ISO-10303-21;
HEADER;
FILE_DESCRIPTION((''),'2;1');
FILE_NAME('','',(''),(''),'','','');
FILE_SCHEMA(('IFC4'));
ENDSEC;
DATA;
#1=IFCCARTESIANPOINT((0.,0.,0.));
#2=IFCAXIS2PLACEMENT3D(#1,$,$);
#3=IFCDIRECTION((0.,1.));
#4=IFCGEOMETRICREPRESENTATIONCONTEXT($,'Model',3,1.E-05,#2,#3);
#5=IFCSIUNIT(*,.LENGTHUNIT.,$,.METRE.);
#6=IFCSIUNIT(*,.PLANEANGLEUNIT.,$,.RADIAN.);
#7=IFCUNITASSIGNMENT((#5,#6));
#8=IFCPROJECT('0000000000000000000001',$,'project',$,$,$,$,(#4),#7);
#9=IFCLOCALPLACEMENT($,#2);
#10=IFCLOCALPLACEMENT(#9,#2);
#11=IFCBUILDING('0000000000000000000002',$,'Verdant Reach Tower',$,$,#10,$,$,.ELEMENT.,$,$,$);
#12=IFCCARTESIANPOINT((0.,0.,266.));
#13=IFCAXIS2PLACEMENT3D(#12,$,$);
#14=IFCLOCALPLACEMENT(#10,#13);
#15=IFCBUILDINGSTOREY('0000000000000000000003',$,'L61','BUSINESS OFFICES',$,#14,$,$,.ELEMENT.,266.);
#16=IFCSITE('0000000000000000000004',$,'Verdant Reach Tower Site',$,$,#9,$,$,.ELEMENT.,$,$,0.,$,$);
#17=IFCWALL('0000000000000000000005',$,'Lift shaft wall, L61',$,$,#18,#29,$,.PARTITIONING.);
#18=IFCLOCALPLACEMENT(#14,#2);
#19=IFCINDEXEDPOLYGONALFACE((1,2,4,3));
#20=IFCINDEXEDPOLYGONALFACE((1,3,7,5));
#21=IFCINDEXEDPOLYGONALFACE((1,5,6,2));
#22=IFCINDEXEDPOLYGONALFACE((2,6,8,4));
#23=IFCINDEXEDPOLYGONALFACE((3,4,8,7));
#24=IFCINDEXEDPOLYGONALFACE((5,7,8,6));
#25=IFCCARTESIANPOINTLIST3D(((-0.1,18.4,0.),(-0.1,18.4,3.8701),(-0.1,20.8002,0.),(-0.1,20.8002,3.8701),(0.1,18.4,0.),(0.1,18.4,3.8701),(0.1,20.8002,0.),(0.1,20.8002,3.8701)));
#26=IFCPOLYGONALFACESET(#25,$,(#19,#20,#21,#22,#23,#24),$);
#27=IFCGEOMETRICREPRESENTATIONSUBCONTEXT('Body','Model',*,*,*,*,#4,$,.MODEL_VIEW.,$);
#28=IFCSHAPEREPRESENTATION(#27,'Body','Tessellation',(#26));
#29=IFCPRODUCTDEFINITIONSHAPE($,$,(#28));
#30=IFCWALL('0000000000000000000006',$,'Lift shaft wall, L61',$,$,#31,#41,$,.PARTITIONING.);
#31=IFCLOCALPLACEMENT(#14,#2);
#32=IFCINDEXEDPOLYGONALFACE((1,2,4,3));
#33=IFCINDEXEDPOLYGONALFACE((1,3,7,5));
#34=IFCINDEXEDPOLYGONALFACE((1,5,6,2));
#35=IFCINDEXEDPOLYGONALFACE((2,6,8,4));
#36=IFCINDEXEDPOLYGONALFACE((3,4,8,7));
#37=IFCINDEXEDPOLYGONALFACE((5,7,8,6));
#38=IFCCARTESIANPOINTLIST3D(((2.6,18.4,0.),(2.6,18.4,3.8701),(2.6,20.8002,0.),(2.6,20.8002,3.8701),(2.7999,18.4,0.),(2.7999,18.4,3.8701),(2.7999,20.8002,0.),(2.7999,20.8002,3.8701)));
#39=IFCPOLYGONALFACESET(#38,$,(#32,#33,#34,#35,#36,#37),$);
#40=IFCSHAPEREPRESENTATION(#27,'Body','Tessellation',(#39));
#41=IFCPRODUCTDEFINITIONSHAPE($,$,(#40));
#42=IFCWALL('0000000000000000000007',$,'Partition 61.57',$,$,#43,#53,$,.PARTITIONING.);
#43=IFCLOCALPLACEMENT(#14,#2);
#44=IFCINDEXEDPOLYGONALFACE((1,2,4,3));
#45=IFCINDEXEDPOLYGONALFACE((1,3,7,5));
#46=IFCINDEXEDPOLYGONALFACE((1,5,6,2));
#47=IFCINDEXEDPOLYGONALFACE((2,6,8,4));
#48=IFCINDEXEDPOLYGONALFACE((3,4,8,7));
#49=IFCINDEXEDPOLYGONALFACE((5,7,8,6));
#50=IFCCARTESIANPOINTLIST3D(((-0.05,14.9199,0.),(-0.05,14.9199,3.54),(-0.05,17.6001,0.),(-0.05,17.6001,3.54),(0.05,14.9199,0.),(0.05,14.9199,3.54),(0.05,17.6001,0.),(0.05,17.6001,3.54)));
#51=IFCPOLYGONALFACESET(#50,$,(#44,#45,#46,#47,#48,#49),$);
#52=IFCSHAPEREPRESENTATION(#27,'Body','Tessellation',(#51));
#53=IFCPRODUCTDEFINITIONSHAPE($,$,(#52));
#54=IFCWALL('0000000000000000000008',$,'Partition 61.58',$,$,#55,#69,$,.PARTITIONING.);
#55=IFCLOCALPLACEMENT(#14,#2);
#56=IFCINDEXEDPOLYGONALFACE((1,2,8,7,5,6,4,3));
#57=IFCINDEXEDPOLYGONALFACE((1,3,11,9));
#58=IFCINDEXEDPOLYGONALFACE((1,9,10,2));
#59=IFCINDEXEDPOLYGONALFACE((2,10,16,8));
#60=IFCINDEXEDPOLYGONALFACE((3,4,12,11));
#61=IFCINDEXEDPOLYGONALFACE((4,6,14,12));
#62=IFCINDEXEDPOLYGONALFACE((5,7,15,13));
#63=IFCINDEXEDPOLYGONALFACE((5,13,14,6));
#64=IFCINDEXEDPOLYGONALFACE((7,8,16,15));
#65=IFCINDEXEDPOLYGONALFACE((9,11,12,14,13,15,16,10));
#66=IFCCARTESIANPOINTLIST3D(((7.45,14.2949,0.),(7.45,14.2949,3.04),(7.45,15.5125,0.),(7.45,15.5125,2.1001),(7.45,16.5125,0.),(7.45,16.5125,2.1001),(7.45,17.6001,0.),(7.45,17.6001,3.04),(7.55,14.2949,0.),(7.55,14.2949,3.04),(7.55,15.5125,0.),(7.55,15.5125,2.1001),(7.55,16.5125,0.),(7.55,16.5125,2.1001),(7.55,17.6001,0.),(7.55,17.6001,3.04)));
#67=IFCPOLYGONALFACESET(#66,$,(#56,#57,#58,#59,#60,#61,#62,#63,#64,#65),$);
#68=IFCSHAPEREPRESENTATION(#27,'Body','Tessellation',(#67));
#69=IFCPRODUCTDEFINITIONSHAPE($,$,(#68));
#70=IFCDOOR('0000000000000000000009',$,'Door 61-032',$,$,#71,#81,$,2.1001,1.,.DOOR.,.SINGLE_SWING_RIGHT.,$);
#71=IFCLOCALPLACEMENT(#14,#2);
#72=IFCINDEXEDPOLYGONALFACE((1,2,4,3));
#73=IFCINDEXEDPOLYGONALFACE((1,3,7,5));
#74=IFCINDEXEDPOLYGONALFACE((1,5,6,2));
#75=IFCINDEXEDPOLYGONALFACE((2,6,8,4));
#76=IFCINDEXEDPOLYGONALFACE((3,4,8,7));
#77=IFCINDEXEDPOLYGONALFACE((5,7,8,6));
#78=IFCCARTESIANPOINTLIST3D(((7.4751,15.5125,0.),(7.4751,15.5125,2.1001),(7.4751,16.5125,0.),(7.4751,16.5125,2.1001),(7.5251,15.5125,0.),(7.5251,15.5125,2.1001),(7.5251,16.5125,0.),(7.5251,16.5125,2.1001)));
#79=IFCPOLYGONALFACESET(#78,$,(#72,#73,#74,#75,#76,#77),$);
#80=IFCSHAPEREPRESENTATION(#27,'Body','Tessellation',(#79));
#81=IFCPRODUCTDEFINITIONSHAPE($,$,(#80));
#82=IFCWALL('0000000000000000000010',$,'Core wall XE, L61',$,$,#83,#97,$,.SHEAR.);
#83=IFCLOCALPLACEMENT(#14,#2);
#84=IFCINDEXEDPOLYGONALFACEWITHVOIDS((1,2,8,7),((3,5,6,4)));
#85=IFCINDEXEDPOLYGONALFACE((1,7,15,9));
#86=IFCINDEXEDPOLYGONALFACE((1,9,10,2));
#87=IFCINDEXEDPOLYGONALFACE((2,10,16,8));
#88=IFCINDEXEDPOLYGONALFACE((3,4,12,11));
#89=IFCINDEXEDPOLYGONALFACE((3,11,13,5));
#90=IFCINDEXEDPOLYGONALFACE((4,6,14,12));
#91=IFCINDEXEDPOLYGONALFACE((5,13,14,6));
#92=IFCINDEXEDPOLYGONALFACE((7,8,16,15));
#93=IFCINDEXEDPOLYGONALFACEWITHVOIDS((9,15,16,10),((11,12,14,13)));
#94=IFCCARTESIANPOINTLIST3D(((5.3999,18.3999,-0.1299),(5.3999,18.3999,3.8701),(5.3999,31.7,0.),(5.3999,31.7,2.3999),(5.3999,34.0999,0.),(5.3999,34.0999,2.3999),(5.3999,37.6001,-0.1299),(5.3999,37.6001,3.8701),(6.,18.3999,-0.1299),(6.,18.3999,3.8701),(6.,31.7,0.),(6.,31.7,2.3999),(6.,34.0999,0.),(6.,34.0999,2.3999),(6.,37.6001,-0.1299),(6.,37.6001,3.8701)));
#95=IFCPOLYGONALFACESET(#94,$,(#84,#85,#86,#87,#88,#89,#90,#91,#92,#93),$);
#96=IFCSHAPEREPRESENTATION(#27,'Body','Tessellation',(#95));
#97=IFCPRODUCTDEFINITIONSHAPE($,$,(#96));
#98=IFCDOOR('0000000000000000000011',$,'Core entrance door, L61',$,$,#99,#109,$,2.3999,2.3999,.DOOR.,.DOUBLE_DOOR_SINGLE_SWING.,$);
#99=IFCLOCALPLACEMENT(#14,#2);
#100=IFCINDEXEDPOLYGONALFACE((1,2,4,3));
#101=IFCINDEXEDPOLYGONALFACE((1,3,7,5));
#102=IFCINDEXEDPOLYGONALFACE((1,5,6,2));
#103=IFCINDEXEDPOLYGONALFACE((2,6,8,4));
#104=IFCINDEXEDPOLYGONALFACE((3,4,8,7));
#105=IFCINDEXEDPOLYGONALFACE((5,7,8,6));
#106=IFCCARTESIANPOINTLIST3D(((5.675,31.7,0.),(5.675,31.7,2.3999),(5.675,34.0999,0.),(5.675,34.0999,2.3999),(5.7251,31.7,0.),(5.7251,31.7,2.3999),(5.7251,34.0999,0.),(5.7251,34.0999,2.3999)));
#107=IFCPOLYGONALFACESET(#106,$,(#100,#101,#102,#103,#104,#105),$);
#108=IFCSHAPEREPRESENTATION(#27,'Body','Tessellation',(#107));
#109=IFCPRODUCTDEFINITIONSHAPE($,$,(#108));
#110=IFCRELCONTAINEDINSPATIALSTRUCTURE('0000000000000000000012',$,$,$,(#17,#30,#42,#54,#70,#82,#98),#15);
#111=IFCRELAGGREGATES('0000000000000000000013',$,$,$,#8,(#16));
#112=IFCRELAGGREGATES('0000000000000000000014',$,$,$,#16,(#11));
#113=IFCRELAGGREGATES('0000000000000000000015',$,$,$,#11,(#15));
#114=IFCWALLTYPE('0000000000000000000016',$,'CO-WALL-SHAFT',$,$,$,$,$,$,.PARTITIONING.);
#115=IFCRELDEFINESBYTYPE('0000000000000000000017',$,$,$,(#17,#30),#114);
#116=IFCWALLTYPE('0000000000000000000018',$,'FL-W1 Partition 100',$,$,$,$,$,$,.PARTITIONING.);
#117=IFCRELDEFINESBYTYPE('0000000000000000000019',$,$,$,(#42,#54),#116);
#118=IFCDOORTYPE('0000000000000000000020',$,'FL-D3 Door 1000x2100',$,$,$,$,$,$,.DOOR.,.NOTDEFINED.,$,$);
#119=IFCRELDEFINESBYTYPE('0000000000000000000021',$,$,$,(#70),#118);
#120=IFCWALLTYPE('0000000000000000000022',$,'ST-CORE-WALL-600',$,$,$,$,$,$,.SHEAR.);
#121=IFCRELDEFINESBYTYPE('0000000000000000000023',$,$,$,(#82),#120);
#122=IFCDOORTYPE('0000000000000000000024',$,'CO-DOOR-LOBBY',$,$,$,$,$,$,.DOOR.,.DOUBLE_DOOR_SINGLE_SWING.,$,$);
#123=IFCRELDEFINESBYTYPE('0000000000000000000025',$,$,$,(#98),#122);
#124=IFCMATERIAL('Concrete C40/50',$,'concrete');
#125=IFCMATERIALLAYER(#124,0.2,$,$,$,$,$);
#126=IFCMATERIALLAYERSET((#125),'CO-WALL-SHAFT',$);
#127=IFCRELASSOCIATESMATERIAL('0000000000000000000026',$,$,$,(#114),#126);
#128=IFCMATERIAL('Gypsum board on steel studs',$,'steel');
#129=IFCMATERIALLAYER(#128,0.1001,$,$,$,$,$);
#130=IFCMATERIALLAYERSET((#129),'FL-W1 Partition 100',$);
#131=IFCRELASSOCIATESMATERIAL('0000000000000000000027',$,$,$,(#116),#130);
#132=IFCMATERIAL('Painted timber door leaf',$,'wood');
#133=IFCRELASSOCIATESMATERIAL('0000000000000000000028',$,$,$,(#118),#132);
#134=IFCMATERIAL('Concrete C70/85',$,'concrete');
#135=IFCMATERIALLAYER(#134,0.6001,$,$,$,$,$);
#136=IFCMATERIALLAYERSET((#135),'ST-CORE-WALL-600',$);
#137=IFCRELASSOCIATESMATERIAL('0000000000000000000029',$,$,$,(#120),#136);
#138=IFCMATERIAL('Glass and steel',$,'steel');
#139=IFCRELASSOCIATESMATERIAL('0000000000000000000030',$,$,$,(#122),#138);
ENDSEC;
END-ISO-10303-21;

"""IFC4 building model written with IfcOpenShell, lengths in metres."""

from ifc_helpers import new_model, si_unit, direction, frame, frame_2d, origin, place, context, subcontext, project, spatial, rectangle, extrude, material, layer, layer_set, type_object, element, fill, save


model = new_model("IFC4")

# Units and contexts
model_context = context("Model", 3, precision=1e-05, world=origin(), true_north=direction((0.0, 1.0)))
body_context = subcontext(model_context, "Body", "Model", "MODEL_VIEW")
ifc_project = project(units=[si_unit("LENGTHUNIT", "METRE"), si_unit("PLANEANGLEUNIT", "RADIAN")], contexts=[model_context])

# Site, building, storey
site_placement = place(None, origin())
site = spatial("IfcSite", under=ifc_project, at=site_placement, Name="Verdant Reach Tower Site", CompositionType="ELEMENT", RefElevation=0.0)
building_placement = place(site_placement, origin())
building = spatial("IfcBuilding", under=site, at=building_placement, Name="Verdant Reach Tower", CompositionType="ELEMENT")
storey_placement = place(building_placement, frame((0.0, 0.0, 266.0)))
storey = spatial("IfcBuildingStorey", under=building, at=storey_placement, Name="L61", Description="BUSINESS OFFICES", CompositionType="ELEMENT", Elevation=266.0)

# Shared definitions
ifc_material_1 = material(Name="Concrete C40/50", Category="concrete")

# Shared definitions
ifc_material_2 = material(Name="Gypsum board on steel studs", Category="steel")

# Walls
ifc_layer_1 = layer(ifc_material_1, 0.2)
ifc_layer_set_1 = layer_set([ifc_layer_1], Name="CO-WALL-SHAFT")
wall_type_1 = type_object("IfcWallType", Name="CO-WALL-SHAFT", PredefinedType="PARTITIONING", material=ifc_layer_set_1)
for number, where, z_axis, x_axis, name in (
    (1, (0.0, 18.3999, 0.0), (0.0, 0.0, 1.0), (0.0, 1.0, 0.0), "Lift shaft wall, L61"),
    (2, (2.7, 18.3999, 0.0), (0.0, 0.0, 1.0), (0.0, 1.0, 0.0), "Lift shaft wall, L61"),
):
    element("IfcWall", number, at=place(storey_placement, frame(where, z_axis=z_axis, x_axis=x_axis)), inside=storey, type_object=wall_type_1, Name=name, PredefinedType="PARTITIONING", context=body_context, shape_type="SweptSolid", body=[
        extrude(rectangle(XDim=2.4001, YDim=0.2, at=frame_2d((1.2002, 0.0))), origin(), (0.0, 0.0, 1.0), 3.8701),
    ])
ifc_layer_2 = layer(ifc_material_2, 0.1001)
ifc_layer_set_2 = layer_set([ifc_layer_2], Name="FL-W1 Partition 100")
wall_type_2 = type_object("IfcWallType", Name="FL-W1 Partition 100", PredefinedType="PARTITIONING", material=ifc_layer_set_2)
wall_1_placement = place(storey_placement, frame((0.0, 14.9199, 0.0), z_axis=(0.0, 0.0, 1.0), x_axis=(0.0, 1.0, 0.0)))
element("IfcWall", 3, at=wall_1_placement, inside=storey, type_object=wall_type_2, Name="Partition 61.57", PredefinedType="PARTITIONING", context=body_context, shape_type="SweptSolid", body=[
    extrude(rectangle(XDim=2.6802, YDim=0.1001, at=frame_2d((1.3401, 0.0))), origin(), (0.0, 0.0, 1.0), 3.54),
])

# Walls, openings, doors
wall_2_placement = place(storey_placement, frame((7.5, 14.2949, 0.0), z_axis=(0.0, 0.0, 1.0), x_axis=(0.0, 1.0, 0.0)))
wall_2 = element("IfcWall", 4, at=wall_2_placement, inside=storey, type_object=wall_type_2, Name="Partition 61.58", PredefinedType="PARTITIONING", context=body_context, shape_type="SweptSolid", body=[
    extrude(rectangle(XDim=3.3052, YDim=0.1001, at=frame_2d((1.6526, 0.0))), origin(), (0.0, 0.0, 1.0), 3.04),
])
opening_1_placement = place(wall_2_placement, frame((1.2175, 0.0, 0.0)))
opening_1 = element("IfcOpeningElement", 5, at=opening_1_placement, cuts=wall_2, PredefinedType="OPENING", context=body_context, shape_type="SweptSolid", body=[
    extrude(rectangle(XDim=1.0, YDim=2.1001, at=frame_2d((0.5, 1.05))), frame((0.0, 0.0601, 0.0), z_axis=(0.0, -1.0, 0.0), x_axis=(1.0, 0.0, 0.0)), (0.0, 0.0, 1.0), 0.1201),
])
ifc_material_3 = material(Name="Painted timber door leaf", Category="wood")
door_type_1 = type_object("IfcDoorType", Name="FL-D3 Door 1000x2100", OperationType="NOTDEFINED", PredefinedType="DOOR", material=ifc_material_3)
door_1_placement = place(opening_1_placement, origin())
door_1 = element("IfcDoor", 6, at=door_1_placement, inside=storey, type_object=door_type_1, Name="Door 61-032", OperationType="SINGLE_SWING_RIGHT", OverallHeight=2.1001, OverallWidth=1.0, PredefinedType="DOOR", context=body_context, shape_type="SweptSolid", body=[
    extrude(rectangle(XDim=1.0, YDim=2.1001, at=frame_2d((0.5, 1.05))), frame((0.0, 0.0249, 0.0), z_axis=(0.0, -1.0, 0.0), x_axis=(1.0, 0.0, 0.0)), (0.0, 0.0, 1.0), 0.05),
])
fill(opening_1, door_1)
ifc_material_4 = material(Name="Concrete C70/85", Category="concrete")
ifc_layer_3 = layer(ifc_material_4, 0.6001)
ifc_layer_set_3 = layer_set([ifc_layer_3], Name="ST-CORE-WALL-600")
wall_type_3 = type_object("IfcWallType", Name="ST-CORE-WALL-600", PredefinedType="SHEAR", material=ifc_layer_set_3)
wall_3_placement = place(storey_placement, frame((5.7, 18.3999, -0.1299), z_axis=(0.0, 0.0, 1.0), x_axis=(0.0, 1.0, 0.0)))
wall_3 = element("IfcWall", 7, at=wall_3_placement, inside=storey, type_object=wall_type_3, Name="Core wall XE, L61", PredefinedType="SHEAR", context=body_context, shape_type="SweptSolid", body=[
    extrude(rectangle(XDim=19.2002, YDim=0.6001, at=frame_2d((9.6001, 0.0))), origin(), (0.0, 0.0, 1.0), 4.0),
])
opening_2_placement = place(wall_3_placement, frame((13.3, 0.0, 0.1299)))
opening_2 = element("IfcOpeningElement", 8, at=opening_2_placement, cuts=wall_3, PredefinedType="OPENING", context=body_context, shape_type="SweptSolid", body=[
    extrude(rectangle(XDim=2.3999, YDim=2.3999, at=frame_2d((1.2, 1.2))), frame((0.0, 0.3101, 0.0), z_axis=(0.0, -1.0, 0.0), x_axis=(1.0, 0.0, 0.0)), (0.0, 0.0, 1.0), 0.6201),
])
ifc_material_5 = material(Name="Glass and steel", Category="steel")
door_type_2 = type_object("IfcDoorType", Name="CO-DOOR-LOBBY", OperationType="DOUBLE_DOOR_SINGLE_SWING", PredefinedType="DOOR", material=ifc_material_5)
door_2_placement = place(opening_2_placement, origin())
door_2 = element("IfcDoor", 9, at=door_2_placement, inside=storey, type_object=door_type_2, Name="Core entrance door, L61", OperationType="DOUBLE_DOOR_SINGLE_SWING", OverallHeight=2.3999, OverallWidth=2.3999, PredefinedType="DOOR", context=body_context, shape_type="SweptSolid", body=[
    extrude(rectangle(XDim=2.3999, YDim=2.3999, at=frame_2d((1.2, 1.2))), frame((0.0, 0.0249, 0.0), z_axis=(0.0, -1.0, 0.0), x_axis=(1.0, 0.0, 0.0)), (0.0, 0.0, 1.0), 0.05),
])
fill(opening_2, door_2)

save(model, "model.ifc")
